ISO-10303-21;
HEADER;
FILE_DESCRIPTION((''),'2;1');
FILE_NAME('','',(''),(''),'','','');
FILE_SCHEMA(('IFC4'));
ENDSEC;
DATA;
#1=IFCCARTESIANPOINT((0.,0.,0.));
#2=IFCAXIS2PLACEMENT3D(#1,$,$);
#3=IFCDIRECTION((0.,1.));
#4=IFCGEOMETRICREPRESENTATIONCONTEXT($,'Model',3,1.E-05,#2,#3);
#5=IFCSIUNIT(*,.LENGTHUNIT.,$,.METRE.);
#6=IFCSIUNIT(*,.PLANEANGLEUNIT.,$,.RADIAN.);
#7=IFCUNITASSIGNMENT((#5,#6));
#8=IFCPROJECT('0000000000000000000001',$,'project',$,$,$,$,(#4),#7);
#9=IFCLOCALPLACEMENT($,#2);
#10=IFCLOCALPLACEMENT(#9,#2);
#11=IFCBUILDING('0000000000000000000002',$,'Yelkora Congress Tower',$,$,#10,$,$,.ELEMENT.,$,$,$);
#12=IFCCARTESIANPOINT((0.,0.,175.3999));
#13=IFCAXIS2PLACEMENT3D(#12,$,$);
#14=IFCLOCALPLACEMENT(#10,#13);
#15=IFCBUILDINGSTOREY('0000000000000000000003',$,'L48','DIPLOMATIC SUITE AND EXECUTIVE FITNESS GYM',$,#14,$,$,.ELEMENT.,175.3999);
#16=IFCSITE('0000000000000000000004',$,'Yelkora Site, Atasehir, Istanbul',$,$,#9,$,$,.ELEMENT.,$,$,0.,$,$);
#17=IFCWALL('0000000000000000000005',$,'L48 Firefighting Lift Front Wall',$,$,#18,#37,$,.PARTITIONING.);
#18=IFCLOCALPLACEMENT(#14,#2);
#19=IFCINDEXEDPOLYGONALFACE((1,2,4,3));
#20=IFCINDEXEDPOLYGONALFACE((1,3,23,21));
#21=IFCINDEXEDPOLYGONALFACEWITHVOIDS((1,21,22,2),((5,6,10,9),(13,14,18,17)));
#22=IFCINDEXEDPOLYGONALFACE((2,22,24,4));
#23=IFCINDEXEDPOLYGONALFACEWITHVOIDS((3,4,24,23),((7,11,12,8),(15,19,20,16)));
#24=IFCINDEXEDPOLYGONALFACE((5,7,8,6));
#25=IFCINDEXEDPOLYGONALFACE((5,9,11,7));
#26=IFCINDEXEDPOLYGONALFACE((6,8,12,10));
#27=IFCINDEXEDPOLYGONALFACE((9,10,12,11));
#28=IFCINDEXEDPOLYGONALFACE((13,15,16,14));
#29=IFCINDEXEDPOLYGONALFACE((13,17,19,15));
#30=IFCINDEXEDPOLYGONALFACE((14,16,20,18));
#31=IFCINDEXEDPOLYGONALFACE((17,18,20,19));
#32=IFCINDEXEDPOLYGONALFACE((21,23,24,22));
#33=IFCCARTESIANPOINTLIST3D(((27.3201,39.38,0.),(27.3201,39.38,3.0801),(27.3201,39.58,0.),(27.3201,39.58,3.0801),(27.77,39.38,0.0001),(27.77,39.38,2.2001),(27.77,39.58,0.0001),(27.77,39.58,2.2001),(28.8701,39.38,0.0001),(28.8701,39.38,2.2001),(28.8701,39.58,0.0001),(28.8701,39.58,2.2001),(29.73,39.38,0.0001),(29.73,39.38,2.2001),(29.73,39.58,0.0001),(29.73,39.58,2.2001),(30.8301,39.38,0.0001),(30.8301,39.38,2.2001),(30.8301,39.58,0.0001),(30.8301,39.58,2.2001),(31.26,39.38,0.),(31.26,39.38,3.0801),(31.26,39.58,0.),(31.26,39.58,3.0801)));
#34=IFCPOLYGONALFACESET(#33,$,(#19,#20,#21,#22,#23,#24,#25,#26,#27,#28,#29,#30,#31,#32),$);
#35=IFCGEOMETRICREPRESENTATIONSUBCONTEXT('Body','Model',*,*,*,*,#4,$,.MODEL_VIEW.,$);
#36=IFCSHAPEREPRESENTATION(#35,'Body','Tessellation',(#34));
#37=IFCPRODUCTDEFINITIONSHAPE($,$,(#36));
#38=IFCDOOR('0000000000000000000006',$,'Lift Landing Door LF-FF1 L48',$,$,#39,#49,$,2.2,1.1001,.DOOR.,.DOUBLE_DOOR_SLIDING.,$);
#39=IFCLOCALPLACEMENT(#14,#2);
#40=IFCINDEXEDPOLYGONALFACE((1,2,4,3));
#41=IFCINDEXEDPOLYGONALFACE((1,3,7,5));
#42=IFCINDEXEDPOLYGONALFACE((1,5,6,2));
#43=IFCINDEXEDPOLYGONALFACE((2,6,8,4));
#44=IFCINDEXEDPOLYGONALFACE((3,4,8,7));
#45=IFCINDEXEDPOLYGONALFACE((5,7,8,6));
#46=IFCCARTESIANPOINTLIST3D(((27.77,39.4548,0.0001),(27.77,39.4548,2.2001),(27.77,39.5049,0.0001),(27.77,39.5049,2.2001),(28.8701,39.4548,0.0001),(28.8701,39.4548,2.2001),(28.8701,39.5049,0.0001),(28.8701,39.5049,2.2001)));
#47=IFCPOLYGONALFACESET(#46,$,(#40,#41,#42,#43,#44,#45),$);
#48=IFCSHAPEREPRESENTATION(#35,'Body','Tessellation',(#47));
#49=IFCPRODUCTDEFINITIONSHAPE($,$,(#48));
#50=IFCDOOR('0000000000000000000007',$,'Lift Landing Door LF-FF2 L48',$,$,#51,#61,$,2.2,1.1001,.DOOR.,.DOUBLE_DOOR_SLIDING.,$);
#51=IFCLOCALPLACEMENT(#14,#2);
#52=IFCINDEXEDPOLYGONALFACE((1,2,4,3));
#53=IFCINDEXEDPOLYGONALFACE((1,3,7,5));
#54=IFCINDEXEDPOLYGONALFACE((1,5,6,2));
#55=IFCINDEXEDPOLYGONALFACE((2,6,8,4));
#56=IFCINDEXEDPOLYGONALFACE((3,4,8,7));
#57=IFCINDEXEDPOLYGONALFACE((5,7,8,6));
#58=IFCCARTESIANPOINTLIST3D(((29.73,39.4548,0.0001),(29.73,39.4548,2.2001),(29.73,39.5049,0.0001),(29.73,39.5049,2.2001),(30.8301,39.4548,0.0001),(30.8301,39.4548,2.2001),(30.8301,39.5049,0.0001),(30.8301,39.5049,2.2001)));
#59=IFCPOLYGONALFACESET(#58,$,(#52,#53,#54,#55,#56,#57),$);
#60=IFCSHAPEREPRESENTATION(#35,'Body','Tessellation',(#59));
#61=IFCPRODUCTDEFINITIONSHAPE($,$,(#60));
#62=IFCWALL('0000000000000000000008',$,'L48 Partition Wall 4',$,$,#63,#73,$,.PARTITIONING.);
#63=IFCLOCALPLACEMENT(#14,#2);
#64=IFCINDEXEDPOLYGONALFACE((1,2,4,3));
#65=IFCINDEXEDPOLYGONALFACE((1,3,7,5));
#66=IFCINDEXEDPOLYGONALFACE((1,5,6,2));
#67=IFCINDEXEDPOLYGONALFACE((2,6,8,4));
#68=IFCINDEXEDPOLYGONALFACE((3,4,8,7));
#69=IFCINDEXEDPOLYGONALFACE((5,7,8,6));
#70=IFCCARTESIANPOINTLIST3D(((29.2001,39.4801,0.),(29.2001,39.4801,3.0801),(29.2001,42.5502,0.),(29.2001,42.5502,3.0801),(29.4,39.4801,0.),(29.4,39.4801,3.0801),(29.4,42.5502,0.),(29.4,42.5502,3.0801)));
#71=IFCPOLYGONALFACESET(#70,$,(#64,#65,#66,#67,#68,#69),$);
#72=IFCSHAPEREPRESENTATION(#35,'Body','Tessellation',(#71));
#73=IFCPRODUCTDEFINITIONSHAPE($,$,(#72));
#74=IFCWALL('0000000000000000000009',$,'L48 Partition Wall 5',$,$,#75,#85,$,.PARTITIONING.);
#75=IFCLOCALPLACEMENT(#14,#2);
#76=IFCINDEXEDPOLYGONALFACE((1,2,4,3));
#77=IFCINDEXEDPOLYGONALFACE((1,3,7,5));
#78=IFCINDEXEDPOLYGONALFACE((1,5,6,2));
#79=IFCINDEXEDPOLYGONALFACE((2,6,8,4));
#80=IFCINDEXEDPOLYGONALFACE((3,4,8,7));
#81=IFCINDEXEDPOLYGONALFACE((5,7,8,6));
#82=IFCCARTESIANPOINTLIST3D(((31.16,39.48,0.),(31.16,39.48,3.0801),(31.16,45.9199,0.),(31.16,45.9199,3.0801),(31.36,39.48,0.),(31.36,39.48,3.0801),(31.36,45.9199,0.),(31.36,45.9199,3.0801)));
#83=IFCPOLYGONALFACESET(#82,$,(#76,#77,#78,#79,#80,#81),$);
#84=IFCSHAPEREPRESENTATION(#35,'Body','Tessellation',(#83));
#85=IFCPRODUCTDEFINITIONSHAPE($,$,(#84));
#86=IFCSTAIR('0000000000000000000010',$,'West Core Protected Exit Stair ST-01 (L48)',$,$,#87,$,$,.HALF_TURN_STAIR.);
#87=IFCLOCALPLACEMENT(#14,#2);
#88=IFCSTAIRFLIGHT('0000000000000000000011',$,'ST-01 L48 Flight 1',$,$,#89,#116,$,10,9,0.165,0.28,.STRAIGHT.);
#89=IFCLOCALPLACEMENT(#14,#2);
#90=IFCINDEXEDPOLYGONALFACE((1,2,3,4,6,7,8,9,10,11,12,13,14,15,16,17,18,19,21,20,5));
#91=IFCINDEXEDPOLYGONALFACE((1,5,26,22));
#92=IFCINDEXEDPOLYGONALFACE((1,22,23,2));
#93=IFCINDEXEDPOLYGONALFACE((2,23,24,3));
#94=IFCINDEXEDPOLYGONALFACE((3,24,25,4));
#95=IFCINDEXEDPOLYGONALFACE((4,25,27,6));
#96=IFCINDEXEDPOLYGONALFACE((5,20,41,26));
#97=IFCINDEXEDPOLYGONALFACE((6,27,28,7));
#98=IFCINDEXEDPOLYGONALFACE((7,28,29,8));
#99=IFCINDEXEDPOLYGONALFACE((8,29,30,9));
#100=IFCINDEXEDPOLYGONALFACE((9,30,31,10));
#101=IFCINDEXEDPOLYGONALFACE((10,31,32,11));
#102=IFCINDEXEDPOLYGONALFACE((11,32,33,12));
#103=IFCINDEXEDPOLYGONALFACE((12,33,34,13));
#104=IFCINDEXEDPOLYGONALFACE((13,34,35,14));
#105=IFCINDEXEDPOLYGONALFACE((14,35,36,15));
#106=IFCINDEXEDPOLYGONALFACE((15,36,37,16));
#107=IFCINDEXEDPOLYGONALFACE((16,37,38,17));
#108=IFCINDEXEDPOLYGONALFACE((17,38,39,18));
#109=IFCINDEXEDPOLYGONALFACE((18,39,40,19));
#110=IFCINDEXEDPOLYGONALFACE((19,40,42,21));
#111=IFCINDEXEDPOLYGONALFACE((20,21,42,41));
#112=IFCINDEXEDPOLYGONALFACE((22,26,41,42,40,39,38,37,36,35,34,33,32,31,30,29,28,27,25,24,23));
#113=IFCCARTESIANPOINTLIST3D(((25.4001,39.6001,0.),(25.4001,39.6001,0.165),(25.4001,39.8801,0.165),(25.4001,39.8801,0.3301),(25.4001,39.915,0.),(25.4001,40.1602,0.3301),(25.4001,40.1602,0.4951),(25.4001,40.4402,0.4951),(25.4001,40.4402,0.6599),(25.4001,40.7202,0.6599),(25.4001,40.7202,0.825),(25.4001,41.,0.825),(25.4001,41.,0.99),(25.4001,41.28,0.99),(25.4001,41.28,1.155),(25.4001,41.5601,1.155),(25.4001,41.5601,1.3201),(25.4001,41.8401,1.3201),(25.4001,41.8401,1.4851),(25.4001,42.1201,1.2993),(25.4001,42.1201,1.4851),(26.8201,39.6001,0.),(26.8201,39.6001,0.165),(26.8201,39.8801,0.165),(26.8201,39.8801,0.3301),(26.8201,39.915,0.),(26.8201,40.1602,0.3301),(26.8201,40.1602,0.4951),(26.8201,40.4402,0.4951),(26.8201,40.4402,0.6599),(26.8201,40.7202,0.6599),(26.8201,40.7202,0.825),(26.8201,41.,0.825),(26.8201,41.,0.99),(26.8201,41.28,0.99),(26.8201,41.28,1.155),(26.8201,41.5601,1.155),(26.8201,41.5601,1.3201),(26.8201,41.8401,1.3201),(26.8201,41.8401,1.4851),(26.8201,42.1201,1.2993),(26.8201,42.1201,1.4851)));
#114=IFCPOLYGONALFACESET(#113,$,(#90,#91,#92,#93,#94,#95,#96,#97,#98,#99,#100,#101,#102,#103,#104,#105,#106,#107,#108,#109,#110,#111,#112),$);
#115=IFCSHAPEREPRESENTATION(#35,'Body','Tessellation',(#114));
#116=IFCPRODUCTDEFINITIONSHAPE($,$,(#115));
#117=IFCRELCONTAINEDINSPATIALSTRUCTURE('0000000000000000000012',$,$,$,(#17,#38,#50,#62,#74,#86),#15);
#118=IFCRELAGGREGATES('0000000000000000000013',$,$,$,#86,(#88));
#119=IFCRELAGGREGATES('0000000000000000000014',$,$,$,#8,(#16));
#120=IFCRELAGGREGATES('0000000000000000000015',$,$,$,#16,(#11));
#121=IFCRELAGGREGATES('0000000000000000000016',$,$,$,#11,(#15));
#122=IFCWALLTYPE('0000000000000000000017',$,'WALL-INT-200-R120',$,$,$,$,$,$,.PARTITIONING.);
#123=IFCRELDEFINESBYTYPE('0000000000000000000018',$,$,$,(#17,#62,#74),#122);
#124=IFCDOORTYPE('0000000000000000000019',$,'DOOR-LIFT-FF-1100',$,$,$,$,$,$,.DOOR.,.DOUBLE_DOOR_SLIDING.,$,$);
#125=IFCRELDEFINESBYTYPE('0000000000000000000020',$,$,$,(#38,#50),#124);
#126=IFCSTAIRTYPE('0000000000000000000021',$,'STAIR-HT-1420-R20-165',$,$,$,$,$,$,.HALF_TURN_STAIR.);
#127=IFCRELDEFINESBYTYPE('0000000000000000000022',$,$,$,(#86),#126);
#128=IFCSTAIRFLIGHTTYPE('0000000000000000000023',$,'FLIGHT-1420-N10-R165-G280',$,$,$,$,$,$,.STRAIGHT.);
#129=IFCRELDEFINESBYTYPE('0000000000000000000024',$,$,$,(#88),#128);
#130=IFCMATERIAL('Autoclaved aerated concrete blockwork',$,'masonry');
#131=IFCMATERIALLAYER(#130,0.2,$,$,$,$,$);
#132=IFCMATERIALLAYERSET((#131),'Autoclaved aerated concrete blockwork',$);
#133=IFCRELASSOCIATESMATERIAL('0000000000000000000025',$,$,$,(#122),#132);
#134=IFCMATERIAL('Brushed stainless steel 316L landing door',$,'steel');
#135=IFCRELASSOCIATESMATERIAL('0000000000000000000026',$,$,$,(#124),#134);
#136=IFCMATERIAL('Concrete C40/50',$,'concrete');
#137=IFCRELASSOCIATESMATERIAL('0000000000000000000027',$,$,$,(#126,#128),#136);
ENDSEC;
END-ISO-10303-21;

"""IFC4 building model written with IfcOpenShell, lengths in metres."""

from ifc_helpers import new_model, si_unit, direction, frame, frame_2d, origin, place, context, subcontext, project, spatial, polyline, rectangle, outline, extrude, material, layer, layer_set, type_object, element, fill, aggregate, save


model = new_model("IFC4")

# Units and contexts
model_context = context("Model", 3, precision=1e-05, world=origin(), true_north=direction((0.0, 1.0)))
body_context = subcontext(model_context, "Body", "Model", "MODEL_VIEW")
ifc_project = project(units=[si_unit("LENGTHUNIT", "METRE"), si_unit("PLANEANGLEUNIT", "RADIAN")], contexts=[model_context])

# Site, building, storey
site_placement = place(None, origin())
site = spatial("IfcSite", under=ifc_project, at=site_placement, Name="Yelkora Site, Atasehir, Istanbul", CompositionType="ELEMENT", RefElevation=0.0)
building_placement = place(site_placement, origin())
building = spatial("IfcBuilding", under=site, at=building_placement, Name="Yelkora Congress Tower", CompositionType="ELEMENT")
storey_placement = place(building_placement, frame((0.0, 0.0, 175.3999)))
storey = spatial("IfcBuildingStorey", under=building, at=storey_placement, Name="L48", Description="DIPLOMATIC SUITE AND EXECUTIVE FITNESS GYM", CompositionType="ELEMENT", Elevation=175.3999)

# Shared definitions
ifc_material_1 = material(Name="Autoclaved aerated concrete blockwork", Category="masonry")
ifc_layer_1 = layer(ifc_material_1, 0.2)
ifc_layer_set_1 = layer_set([ifc_layer_1], Name="Autoclaved aerated concrete blockwork")
wall_type_1 = type_object("IfcWallType", Name="WALL-INT-200-R120", PredefinedType="PARTITIONING", material=ifc_layer_set_1)

# Wall, openings, doors
wall_1_placement = place(storey_placement, frame((27.3201, 39.48, 0.0), z_axis=(0.0, 0.0, 1.0), x_axis=(1.0, 0.0, 0.0)))
wall_1 = element("IfcWall", 1, at=wall_1_placement, inside=storey, type_object=wall_type_1, Name="L48 Firefighting Lift Front Wall", PredefinedType="PARTITIONING", context=body_context, shape_type="SweptSolid", body=[
    extrude(rectangle(XDim=3.9399, YDim=0.2, at=frame_2d((1.97, 0.0))), origin(), (0.0, 0.0, 1.0), 3.0801),
])
opening_1_placement = place(wall_1_placement, frame((0.45, 0.0, 0.0)))
opening_1 = element("IfcOpeningElement", 2, at=opening_1_placement, cuts=wall_1, PredefinedType="OPENING", context=body_context, shape_type="SweptSolid", body=[
    extrude(rectangle(XDim=1.1001, YDim=2.2, at=frame_2d((0.55, 1.1001))), frame((0.0, 0.1099, 0.0), z_axis=(0.0, -1.0, 0.0), x_axis=(1.0, 0.0, 0.0)), (0.0, 0.0, 1.0), 0.22),
])
opening_2_placement = place(wall_1_placement, frame((2.4099, 0.0, 0.0)))
opening_2 = element("IfcOpeningElement", 3, at=opening_2_placement, cuts=wall_1, PredefinedType="OPENING", context=body_context, shape_type="SweptSolid", body=[
    extrude(rectangle(XDim=1.1001, YDim=2.2, at=frame_2d((0.55, 1.1001))), frame((0.0, 0.1099, 0.0), z_axis=(0.0, -1.0, 0.0), x_axis=(1.0, 0.0, 0.0)), (0.0, 0.0, 1.0), 0.22),
])
ifc_material_2 = material(Name="Brushed stainless steel 316L landing door", Category="steel")
door_type_1 = type_object("IfcDoorType", Name="DOOR-LIFT-FF-1100", OperationType="DOUBLE_DOOR_SLIDING", PredefinedType="DOOR", material=ifc_material_2)
door_1_placement = place(opening_1_placement, origin())
door_1 = element("IfcDoor", 4, at=door_1_placement, inside=storey, type_object=door_type_1, Name="Lift Landing Door LF-FF1 L48", OperationType="DOUBLE_DOOR_SLIDING", OverallHeight=2.2, OverallWidth=1.1001, PredefinedType="DOOR", context=body_context, shape_type="SweptSolid", body=[
    extrude(rectangle(XDim=1.1001, YDim=2.2, at=frame_2d((0.55, 1.1001))), frame((0.0, 0.0249, 0.0), z_axis=(0.0, -1.0, 0.0), x_axis=(1.0, 0.0, 0.0)), (0.0, 0.0, 1.0), 0.05),
])
fill(opening_1, door_1)
door_2_placement = place(opening_2_placement, origin())
door_2 = element("IfcDoor", 5, at=door_2_placement, inside=storey, type_object=door_type_1, Name="Lift Landing Door LF-FF2 L48", OperationType="DOUBLE_DOOR_SLIDING", OverallHeight=2.2, OverallWidth=1.1001, PredefinedType="DOOR", context=body_context, shape_type="SweptSolid", body=[
    extrude(rectangle(XDim=1.1001, YDim=2.2, at=frame_2d((0.55, 1.1001))), frame((0.0, 0.0249, 0.0), z_axis=(0.0, -1.0, 0.0), x_axis=(1.0, 0.0, 0.0)), (0.0, 0.0, 1.0), 0.05),
])
fill(opening_2, door_2)

# Walls
wall_2_placement = place(storey_placement, frame((29.3, 39.48, 0.0), z_axis=(0.0, 0.0, 1.0), x_axis=(0.0, 1.0, 0.0)))
element("IfcWall", 6, at=wall_2_placement, inside=storey, type_object=wall_type_1, Name="L48 Partition Wall 4", PredefinedType="PARTITIONING", context=body_context, shape_type="SweptSolid", body=[
    extrude(rectangle(XDim=3.0701, YDim=0.2, at=frame_2d((1.5352, 0.0))), origin(), (0.0, 0.0, 1.0), 3.0801),
])
wall_3_placement = place(storey_placement, frame((31.26, 39.48, 0.0), z_axis=(0.0, 0.0, 1.0), x_axis=(0.0, 1.0, 0.0)))
element("IfcWall", 7, at=wall_3_placement, inside=storey, type_object=wall_type_1, Name="L48 Partition Wall 5", PredefinedType="PARTITIONING", context=body_context, shape_type="SweptSolid", body=[
    extrude(rectangle(XDim=6.4399, YDim=0.2, at=frame_2d((3.22, 0.0))), origin(), (0.0, 0.0, 1.0), 3.0801),
])

# Stair, stair flight
ifc_material_3 = material(Name="Concrete C40/50", Category="concrete")
stair_type = type_object("IfcStairType", Name="STAIR-HT-1420-R20-165", PredefinedType="HALF_TURN_STAIR", material=ifc_material_3)
stair_placement = place(storey_placement, origin())
stair = element("IfcStair", 8, at=stair_placement, inside=storey, type_object=stair_type, Name="West Core Protected Exit Stair ST-01 (L48)", PredefinedType="HALF_TURN_STAIR")
stair_flight_type = type_object("IfcStairFlightType", Name="FLIGHT-1420-N10-R165-G280", PredefinedType="STRAIGHT", material=ifc_material_3)
stair_flight_placement = place(storey_placement, frame((26.1101, 39.6001, 0.0), z_axis=(0.0, 0.0, 1.0), x_axis=(0.0, 1.0, 0.0)))
stair_flight = element("IfcStairFlight", 9, at=stair_flight_placement, type_object=stair_flight_type, Name="ST-01 L48 Flight 1", NumberOfRisers=10, NumberOfTreads=9, PredefinedType="STRAIGHT", RiserHeight=0.165, TreadLength=0.28, context=body_context, shape_type="SweptSolid", body=[
    extrude(outline(polyline([(0.0, 0.0), (0.0, 0.165), (0.28, 0.165), (0.28, 0.3301), (0.5601, 0.3301), (0.5601, 0.4951), (0.8401, 0.4951), (0.8401, 0.6599), (1.1201, 0.6599), (1.1201, 0.825), (1.3999, 0.825), (1.3999, 0.99), (1.6799, 0.99), (1.6799, 1.155), (1.96, 1.155), (1.96, 1.3201), (2.24, 1.3201), (2.24, 1.4851), (2.52, 1.4851), (2.52, 1.6499), (2.52, 1.2993), (0.3149, 0.0), (0.0, 0.0)])), frame((0.0, 0.71, 0.0), z_axis=(0.0, -1.0, 0.0), x_axis=(1.0, 0.0, 0.0)), (0.0, 0.0, 1.0), 1.4199),
])
aggregate(stair, [stair_flight])

save(model, "model.ifc")
